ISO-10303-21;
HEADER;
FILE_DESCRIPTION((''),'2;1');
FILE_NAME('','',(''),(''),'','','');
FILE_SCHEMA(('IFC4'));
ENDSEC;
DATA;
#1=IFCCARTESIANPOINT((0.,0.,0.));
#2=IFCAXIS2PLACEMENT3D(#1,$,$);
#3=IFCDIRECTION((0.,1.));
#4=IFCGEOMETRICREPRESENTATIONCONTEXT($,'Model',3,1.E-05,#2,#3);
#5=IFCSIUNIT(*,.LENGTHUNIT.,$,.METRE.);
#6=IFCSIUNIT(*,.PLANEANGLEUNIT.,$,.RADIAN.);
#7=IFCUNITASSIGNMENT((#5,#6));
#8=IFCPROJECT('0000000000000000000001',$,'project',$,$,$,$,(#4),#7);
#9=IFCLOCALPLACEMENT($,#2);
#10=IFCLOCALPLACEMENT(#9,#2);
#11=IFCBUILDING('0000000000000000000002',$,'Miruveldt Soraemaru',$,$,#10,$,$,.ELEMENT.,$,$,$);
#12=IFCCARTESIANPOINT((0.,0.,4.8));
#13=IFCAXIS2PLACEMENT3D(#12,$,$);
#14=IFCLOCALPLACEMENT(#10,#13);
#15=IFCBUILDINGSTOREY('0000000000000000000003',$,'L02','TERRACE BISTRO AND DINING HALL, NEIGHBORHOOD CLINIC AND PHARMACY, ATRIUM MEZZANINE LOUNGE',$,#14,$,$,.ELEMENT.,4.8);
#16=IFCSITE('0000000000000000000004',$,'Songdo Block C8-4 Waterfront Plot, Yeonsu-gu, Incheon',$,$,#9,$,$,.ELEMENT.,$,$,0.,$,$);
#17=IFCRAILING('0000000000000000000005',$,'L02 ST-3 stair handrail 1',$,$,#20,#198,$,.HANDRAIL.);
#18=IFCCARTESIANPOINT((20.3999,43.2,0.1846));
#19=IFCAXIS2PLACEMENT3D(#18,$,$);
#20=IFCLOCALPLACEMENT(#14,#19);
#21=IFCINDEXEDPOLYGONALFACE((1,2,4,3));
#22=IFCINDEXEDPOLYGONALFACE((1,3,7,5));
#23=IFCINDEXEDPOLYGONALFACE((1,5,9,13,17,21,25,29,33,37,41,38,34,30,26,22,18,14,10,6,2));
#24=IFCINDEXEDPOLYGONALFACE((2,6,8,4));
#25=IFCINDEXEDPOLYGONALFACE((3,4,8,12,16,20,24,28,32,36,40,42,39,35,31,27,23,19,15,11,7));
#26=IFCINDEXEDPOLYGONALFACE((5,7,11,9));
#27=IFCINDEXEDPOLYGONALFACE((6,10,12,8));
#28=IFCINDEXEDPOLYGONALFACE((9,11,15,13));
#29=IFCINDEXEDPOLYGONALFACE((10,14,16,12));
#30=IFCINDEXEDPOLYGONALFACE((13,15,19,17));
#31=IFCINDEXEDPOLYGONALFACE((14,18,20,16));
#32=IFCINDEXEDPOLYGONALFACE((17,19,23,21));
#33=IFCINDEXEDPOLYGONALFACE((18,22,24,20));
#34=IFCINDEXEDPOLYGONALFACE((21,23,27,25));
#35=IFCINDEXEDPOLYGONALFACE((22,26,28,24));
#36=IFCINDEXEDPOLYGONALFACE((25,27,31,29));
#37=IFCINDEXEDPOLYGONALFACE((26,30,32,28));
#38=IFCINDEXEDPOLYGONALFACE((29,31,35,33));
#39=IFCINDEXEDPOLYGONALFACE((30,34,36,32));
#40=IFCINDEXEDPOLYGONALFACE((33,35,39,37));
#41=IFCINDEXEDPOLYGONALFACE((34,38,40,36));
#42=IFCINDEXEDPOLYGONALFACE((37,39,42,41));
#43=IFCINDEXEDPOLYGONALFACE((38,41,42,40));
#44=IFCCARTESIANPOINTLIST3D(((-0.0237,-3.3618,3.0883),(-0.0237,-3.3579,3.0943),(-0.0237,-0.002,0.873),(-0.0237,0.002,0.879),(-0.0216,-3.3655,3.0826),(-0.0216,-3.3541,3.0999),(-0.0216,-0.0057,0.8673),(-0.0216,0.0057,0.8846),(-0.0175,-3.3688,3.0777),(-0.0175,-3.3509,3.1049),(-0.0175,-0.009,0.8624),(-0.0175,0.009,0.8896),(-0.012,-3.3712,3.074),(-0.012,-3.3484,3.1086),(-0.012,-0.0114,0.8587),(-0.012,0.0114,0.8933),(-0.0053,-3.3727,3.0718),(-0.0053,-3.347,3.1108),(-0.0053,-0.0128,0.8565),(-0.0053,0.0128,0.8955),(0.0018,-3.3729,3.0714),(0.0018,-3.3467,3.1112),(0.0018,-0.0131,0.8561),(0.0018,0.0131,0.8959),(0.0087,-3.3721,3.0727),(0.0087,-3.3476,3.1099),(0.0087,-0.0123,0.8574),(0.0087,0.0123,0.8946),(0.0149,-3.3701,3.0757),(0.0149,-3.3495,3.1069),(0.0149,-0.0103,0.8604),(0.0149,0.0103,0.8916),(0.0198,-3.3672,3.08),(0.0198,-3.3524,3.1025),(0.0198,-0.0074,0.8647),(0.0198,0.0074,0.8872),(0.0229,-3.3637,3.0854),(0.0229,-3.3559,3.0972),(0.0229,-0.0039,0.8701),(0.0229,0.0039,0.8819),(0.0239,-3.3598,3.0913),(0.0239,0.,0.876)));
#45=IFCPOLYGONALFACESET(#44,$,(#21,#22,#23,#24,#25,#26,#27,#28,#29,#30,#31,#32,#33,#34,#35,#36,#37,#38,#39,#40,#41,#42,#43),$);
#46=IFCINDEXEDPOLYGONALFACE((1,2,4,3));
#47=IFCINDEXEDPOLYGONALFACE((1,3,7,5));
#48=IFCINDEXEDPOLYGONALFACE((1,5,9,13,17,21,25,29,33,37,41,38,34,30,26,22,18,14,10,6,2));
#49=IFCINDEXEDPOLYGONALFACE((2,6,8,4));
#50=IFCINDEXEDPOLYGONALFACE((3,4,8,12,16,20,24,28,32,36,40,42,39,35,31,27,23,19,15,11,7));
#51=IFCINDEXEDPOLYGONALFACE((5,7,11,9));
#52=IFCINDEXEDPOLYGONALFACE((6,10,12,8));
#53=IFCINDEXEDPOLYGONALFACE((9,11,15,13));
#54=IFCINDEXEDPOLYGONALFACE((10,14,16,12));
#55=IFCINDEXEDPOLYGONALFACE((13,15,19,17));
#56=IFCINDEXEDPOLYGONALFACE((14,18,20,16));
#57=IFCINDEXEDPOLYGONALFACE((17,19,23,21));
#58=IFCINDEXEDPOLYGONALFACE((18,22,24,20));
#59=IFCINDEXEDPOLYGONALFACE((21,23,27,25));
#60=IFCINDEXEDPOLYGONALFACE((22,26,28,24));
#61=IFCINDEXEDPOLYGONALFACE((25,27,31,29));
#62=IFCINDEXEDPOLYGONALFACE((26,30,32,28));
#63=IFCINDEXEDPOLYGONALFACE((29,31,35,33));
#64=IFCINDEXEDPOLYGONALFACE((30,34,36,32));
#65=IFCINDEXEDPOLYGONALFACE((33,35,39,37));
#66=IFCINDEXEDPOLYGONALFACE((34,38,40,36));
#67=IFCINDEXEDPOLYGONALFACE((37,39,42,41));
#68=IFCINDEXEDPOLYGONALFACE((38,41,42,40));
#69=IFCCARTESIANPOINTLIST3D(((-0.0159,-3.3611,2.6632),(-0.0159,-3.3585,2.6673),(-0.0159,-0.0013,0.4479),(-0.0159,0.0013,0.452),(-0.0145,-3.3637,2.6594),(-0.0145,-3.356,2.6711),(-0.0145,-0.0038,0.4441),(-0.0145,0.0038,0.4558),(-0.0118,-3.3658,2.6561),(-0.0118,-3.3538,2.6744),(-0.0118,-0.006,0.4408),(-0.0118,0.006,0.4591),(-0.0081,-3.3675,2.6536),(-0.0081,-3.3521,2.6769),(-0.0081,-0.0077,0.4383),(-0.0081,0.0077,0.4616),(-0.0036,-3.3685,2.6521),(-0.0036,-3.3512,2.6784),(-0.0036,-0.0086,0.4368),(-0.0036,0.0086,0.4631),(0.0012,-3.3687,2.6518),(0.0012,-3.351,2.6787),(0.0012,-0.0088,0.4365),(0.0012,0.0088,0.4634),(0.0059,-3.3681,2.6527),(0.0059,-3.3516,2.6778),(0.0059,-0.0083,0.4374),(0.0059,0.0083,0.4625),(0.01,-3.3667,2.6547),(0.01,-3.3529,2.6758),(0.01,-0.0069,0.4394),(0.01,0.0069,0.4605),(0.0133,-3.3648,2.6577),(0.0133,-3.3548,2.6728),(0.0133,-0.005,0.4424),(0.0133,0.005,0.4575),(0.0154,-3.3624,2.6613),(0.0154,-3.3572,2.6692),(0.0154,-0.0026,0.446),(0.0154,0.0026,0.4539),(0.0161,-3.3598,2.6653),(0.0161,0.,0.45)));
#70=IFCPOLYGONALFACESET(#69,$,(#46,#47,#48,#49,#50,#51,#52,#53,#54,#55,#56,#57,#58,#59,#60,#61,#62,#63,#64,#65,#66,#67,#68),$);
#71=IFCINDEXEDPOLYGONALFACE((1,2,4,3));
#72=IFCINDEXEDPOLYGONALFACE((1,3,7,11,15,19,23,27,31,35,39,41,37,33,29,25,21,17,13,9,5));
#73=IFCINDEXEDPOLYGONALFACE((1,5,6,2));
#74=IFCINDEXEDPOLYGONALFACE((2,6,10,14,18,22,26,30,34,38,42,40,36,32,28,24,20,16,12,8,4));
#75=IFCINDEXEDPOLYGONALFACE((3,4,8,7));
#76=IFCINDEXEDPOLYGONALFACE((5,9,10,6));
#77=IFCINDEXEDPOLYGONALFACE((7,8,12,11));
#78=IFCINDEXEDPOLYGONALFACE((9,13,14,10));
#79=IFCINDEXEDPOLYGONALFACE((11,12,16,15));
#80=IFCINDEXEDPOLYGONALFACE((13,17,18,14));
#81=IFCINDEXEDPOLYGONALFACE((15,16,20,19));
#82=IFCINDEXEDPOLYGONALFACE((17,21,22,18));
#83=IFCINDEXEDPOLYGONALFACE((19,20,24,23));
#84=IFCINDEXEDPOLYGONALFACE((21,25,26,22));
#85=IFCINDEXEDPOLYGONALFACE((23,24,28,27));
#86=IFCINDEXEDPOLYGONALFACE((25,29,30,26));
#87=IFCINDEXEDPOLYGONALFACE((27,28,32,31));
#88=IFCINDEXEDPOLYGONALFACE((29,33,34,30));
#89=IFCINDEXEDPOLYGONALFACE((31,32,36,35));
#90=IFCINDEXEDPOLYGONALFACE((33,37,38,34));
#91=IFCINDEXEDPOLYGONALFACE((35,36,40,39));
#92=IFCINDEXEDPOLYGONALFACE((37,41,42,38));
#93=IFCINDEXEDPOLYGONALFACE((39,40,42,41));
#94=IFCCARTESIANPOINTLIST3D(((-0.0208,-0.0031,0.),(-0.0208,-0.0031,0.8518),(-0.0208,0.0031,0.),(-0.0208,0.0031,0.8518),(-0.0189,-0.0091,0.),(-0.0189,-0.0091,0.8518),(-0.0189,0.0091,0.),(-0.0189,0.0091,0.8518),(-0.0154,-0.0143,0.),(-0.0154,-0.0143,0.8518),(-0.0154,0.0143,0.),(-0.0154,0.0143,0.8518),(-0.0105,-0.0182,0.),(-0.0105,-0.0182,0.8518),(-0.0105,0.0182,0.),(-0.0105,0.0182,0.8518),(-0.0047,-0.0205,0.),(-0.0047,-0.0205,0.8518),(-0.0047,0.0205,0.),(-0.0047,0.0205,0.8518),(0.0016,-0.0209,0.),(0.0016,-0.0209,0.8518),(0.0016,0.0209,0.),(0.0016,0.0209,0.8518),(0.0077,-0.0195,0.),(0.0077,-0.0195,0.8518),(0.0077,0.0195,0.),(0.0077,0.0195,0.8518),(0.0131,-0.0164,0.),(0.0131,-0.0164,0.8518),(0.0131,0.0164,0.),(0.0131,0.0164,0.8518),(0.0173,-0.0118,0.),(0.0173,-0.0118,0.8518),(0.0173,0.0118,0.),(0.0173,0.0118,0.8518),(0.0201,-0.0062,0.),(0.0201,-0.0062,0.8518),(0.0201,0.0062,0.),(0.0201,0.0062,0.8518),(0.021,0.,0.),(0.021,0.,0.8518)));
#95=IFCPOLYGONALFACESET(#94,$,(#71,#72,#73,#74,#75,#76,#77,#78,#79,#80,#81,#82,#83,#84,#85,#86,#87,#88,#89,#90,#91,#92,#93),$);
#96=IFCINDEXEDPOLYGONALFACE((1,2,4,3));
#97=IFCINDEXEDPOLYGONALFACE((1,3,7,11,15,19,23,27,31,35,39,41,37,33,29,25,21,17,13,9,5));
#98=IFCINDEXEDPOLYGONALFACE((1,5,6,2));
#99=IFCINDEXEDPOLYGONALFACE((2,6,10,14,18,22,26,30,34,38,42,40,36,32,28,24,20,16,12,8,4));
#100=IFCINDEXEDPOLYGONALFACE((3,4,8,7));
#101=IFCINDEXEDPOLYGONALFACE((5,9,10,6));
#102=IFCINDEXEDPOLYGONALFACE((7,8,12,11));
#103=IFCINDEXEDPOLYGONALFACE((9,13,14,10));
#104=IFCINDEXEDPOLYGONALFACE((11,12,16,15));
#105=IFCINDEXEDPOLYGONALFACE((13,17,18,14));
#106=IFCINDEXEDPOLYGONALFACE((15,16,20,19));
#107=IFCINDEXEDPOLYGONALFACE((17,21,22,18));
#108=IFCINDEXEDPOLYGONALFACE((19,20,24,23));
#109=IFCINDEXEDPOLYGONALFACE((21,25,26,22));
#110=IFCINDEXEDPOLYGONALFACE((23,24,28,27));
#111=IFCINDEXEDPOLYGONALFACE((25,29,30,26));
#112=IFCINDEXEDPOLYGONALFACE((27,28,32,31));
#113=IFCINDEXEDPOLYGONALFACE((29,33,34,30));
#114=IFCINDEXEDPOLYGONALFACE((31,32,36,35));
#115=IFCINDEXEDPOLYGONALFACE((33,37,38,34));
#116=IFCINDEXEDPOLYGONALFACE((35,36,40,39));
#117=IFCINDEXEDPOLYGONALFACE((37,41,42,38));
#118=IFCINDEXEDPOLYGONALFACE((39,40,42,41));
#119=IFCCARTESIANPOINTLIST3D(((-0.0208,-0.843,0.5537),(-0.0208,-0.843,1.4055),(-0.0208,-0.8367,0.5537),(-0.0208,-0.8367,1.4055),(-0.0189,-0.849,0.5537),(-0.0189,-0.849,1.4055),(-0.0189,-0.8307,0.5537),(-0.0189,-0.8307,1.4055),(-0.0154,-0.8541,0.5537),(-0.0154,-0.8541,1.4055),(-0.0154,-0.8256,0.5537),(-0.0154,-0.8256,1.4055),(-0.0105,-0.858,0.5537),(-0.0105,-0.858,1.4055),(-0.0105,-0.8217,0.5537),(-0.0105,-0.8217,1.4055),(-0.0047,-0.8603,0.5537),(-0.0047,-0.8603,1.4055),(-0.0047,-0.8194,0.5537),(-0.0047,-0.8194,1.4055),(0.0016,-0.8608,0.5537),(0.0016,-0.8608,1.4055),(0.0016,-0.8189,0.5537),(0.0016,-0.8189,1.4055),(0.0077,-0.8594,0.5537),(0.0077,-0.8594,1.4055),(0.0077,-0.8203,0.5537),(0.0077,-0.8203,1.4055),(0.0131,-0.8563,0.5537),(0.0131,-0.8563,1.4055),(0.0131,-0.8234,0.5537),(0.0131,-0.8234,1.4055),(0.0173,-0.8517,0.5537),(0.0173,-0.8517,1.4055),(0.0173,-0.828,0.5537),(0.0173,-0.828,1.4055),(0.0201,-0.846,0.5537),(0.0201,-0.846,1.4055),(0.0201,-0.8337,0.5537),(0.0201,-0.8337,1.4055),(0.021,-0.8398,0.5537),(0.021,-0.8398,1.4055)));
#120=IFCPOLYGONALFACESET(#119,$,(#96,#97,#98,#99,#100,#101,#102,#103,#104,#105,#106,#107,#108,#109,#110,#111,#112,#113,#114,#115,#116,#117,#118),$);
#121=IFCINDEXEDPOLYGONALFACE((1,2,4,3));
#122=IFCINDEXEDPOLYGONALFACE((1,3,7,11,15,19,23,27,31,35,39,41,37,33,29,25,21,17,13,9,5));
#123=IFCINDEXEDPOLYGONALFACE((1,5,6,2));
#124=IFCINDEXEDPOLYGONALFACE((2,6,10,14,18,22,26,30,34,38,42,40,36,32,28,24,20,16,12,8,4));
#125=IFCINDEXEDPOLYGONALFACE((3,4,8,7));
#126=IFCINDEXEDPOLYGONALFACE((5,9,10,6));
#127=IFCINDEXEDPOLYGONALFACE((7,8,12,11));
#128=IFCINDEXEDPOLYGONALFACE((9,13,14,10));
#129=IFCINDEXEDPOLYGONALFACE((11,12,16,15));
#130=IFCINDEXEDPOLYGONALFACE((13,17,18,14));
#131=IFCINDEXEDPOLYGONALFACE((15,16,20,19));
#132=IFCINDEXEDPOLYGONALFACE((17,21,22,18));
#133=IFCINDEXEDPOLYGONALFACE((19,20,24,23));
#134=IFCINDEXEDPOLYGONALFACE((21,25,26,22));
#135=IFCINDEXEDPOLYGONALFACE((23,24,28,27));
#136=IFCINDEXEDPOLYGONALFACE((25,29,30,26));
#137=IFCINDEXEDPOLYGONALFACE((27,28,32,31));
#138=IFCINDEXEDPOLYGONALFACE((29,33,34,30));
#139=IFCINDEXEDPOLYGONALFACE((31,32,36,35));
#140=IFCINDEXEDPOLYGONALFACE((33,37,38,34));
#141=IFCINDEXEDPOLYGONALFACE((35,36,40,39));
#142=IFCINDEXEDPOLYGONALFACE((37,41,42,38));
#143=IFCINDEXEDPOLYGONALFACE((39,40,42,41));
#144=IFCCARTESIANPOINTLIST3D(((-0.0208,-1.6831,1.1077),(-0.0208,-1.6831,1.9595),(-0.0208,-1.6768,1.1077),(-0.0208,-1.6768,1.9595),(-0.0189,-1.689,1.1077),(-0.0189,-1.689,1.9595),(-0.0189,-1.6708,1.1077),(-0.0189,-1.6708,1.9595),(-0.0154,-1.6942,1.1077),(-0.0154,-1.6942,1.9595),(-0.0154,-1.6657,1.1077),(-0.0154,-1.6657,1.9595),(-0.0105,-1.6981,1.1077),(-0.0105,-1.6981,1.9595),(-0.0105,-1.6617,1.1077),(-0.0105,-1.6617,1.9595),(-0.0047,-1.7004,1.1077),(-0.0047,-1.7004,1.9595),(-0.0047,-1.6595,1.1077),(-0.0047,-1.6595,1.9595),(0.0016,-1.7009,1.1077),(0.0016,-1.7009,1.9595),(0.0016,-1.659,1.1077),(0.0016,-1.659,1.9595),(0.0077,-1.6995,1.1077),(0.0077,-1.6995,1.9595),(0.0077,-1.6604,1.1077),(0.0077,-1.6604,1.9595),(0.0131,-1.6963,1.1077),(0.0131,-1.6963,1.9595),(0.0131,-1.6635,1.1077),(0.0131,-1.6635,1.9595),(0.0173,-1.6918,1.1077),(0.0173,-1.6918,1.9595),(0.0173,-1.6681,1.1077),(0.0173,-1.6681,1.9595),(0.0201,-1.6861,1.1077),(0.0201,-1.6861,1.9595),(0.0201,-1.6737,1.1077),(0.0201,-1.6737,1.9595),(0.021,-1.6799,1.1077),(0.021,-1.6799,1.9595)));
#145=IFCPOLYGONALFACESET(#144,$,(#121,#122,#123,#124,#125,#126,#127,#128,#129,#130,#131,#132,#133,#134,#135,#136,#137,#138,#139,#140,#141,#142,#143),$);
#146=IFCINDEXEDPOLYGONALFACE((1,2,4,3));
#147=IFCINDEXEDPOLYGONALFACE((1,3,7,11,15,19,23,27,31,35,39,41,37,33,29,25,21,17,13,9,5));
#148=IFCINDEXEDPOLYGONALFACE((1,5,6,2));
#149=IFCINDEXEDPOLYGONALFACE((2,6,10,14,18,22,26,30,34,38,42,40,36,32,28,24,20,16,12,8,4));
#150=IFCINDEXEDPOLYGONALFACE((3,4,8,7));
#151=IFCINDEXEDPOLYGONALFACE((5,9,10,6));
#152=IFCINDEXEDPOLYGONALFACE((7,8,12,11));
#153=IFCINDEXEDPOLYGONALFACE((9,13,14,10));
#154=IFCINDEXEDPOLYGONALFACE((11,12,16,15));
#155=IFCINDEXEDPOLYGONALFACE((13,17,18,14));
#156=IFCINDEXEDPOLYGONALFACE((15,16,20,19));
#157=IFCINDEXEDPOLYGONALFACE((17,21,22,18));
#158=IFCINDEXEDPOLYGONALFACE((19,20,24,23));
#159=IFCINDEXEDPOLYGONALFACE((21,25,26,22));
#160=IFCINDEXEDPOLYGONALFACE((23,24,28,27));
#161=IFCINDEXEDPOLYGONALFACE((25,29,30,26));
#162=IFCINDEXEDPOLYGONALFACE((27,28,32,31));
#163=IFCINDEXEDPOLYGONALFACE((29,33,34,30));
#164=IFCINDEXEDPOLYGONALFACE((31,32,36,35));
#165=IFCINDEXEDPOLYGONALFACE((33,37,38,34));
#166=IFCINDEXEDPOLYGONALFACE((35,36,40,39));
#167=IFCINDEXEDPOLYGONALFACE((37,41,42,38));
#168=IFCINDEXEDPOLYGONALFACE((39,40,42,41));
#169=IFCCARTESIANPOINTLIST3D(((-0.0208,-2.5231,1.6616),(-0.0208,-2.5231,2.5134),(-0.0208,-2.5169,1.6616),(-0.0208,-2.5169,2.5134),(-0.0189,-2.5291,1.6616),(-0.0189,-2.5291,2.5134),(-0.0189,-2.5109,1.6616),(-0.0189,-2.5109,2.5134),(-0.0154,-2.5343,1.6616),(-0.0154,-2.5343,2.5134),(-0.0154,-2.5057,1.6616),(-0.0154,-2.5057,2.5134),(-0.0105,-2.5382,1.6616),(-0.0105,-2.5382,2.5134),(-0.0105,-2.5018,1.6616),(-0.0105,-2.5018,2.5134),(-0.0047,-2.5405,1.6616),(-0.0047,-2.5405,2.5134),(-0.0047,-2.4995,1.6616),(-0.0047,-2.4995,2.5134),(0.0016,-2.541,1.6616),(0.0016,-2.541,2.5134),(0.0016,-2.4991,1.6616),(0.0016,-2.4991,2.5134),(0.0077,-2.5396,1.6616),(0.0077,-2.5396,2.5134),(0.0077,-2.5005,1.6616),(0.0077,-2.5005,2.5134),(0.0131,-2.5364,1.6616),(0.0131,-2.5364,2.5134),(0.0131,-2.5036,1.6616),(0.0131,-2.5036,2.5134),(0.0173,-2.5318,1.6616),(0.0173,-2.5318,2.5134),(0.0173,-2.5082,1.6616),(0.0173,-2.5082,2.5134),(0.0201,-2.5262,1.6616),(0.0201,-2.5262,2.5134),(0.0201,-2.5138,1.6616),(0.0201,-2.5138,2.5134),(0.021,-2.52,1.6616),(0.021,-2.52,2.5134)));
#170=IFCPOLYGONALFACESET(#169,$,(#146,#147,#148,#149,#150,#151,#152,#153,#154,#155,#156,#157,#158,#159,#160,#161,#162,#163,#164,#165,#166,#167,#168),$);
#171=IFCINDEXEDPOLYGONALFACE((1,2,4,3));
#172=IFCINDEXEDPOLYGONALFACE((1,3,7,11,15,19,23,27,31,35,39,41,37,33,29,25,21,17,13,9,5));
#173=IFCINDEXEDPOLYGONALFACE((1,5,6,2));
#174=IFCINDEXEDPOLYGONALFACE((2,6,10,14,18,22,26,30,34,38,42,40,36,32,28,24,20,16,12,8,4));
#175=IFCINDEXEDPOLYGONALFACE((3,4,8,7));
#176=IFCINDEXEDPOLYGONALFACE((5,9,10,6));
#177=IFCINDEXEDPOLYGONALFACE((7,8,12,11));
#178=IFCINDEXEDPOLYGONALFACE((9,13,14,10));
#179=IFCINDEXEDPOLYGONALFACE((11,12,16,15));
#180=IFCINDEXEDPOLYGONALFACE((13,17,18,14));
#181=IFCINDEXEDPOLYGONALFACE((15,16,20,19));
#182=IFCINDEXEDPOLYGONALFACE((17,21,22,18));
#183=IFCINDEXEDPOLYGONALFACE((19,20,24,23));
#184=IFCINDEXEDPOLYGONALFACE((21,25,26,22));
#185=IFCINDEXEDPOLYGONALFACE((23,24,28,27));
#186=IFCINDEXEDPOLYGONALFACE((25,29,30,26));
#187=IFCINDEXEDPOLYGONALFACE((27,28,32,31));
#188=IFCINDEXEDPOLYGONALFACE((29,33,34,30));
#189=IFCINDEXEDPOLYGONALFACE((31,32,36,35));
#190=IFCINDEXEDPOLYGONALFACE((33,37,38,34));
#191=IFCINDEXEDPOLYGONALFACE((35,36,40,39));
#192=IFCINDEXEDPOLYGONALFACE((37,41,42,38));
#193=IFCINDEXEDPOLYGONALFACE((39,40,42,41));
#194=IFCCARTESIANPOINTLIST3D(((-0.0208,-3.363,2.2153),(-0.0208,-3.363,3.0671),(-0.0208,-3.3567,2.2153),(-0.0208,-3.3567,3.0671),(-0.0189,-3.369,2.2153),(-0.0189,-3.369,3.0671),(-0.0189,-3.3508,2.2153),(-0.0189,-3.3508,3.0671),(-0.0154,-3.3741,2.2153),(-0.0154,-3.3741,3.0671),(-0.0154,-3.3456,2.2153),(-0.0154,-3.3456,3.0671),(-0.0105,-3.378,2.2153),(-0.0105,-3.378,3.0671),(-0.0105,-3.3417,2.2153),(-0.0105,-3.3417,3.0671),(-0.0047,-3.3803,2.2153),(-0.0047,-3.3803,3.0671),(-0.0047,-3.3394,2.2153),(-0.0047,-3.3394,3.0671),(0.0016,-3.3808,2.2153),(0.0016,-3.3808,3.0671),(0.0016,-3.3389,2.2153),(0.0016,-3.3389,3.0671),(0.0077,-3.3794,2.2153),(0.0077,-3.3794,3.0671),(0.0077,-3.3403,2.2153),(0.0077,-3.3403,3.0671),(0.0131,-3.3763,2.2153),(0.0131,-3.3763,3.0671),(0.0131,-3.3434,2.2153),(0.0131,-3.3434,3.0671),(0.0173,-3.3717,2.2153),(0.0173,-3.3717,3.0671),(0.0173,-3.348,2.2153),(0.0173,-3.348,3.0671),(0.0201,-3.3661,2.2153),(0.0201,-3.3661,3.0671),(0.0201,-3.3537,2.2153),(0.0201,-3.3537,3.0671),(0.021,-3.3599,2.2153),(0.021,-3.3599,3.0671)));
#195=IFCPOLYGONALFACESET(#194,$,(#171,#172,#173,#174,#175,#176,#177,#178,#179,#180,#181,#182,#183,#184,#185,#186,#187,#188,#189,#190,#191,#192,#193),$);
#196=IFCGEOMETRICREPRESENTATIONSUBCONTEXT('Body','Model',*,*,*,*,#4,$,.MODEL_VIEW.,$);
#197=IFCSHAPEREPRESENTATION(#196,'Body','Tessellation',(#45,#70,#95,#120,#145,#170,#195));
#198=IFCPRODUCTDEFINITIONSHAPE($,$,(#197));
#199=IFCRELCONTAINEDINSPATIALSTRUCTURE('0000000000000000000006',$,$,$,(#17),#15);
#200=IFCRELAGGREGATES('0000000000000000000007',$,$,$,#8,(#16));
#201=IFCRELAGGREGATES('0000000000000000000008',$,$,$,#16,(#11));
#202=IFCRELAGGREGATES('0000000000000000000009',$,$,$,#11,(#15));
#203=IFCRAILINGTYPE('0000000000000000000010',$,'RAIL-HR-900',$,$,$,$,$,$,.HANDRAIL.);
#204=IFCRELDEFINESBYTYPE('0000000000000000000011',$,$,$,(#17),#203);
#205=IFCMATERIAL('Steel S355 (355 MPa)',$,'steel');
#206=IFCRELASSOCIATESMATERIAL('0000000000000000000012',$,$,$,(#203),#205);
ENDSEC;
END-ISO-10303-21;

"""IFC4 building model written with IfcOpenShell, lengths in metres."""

from ifc_helpers import new_model, si_unit, direction, frame, origin, origin_2d, place, context, subcontext, project, spatial, circle, extrude, material, type_object, element, save


model = new_model("IFC4")

# Units and contexts
model_context = context("Model", 3, precision=1e-05, world=origin(), true_north=direction((0.0, 1.0)))
body_context = subcontext(model_context, "Body", "Model", "MODEL_VIEW")
ifc_project = project(units=[si_unit("LENGTHUNIT", "METRE"), si_unit("PLANEANGLEUNIT", "RADIAN")], contexts=[model_context])

# Site, building, storey
site_placement = place(None, origin())
site = spatial("IfcSite", under=ifc_project, at=site_placement, Name="Songdo Block C8-4 Waterfront Plot, Yeonsu-gu, Incheon", CompositionType="ELEMENT", RefElevation=0.0)
building_placement = place(site_placement, origin())
building = spatial("IfcBuilding", under=site, at=building_placement, Name="Miruveldt Soraemaru", CompositionType="ELEMENT")
storey_placement = place(building_placement, frame((0.0, 0.0, 4.8)))
storey = spatial("IfcBuildingStorey", under=building, at=storey_placement, Name="L02", Description="TERRACE BISTRO AND DINING HALL, NEIGHBORHOOD CLINIC AND PHARMACY, ATRIUM MEZZANINE LOUNGE", CompositionType="ELEMENT", Elevation=4.8)

# Railing
ifc_material_1 = material(Name="Steel S355 (355 MPa)", Category="steel")
railing_type_1 = type_object("IfcRailingType", Name="RAIL-HR-900", PredefinedType="HANDRAIL", material=ifc_material_1)
for number, where, name in (
    (1, (20.3999, 43.2, 0.1846), "L02 ST-3 stair handrail 1"),
):
    element("IfcRailing", number, at=place(storey_placement, frame(where)), inside=storey, type_object=railing_type_1, Name=name, PredefinedType="HANDRAIL", context=body_context, shape_type="SweptSolid", body=[
        extrude(circle(Radius=0.0239, at=origin_2d()), frame((0.0, 0.0, 0.876), z_axis=(0.0, -0.834858, 0.550465), x_axis=(1.0, 0.0, 0.0)), (0.0, 0.0, 1.0), 4.0244),
        extrude(circle(Radius=0.0161, at=origin_2d()), frame((0.0, 0.0, 0.45), z_axis=(0.0, -0.834858, 0.550465), x_axis=(1.0, 0.0, 0.0)), (0.0, 0.0, 1.0), 4.0244),
        extrude(circle(Radius=0.021, at=origin_2d()), origin(), (0.0, 0.0, 1.0), 0.8518),
        extrude(circle(Radius=0.021, at=origin_2d()), frame((0.0, -0.8398, 0.5537)), (0.0, 0.0, 1.0), 0.8518),
        extrude(circle(Radius=0.021, at=origin_2d()), frame((0.0, -1.6799, 1.1077)), (0.0, 0.0, 1.0), 0.8518),
        extrude(circle(Radius=0.021, at=origin_2d()), frame((0.0, -2.52, 1.6616)), (0.0, 0.0, 1.0), 0.8518),
        extrude(circle(Radius=0.021, at=origin_2d()), frame((0.0, -3.3599, 2.2153)), (0.0, 0.0, 1.0), 0.8518),
    ])

save(model, "model.ifc")
